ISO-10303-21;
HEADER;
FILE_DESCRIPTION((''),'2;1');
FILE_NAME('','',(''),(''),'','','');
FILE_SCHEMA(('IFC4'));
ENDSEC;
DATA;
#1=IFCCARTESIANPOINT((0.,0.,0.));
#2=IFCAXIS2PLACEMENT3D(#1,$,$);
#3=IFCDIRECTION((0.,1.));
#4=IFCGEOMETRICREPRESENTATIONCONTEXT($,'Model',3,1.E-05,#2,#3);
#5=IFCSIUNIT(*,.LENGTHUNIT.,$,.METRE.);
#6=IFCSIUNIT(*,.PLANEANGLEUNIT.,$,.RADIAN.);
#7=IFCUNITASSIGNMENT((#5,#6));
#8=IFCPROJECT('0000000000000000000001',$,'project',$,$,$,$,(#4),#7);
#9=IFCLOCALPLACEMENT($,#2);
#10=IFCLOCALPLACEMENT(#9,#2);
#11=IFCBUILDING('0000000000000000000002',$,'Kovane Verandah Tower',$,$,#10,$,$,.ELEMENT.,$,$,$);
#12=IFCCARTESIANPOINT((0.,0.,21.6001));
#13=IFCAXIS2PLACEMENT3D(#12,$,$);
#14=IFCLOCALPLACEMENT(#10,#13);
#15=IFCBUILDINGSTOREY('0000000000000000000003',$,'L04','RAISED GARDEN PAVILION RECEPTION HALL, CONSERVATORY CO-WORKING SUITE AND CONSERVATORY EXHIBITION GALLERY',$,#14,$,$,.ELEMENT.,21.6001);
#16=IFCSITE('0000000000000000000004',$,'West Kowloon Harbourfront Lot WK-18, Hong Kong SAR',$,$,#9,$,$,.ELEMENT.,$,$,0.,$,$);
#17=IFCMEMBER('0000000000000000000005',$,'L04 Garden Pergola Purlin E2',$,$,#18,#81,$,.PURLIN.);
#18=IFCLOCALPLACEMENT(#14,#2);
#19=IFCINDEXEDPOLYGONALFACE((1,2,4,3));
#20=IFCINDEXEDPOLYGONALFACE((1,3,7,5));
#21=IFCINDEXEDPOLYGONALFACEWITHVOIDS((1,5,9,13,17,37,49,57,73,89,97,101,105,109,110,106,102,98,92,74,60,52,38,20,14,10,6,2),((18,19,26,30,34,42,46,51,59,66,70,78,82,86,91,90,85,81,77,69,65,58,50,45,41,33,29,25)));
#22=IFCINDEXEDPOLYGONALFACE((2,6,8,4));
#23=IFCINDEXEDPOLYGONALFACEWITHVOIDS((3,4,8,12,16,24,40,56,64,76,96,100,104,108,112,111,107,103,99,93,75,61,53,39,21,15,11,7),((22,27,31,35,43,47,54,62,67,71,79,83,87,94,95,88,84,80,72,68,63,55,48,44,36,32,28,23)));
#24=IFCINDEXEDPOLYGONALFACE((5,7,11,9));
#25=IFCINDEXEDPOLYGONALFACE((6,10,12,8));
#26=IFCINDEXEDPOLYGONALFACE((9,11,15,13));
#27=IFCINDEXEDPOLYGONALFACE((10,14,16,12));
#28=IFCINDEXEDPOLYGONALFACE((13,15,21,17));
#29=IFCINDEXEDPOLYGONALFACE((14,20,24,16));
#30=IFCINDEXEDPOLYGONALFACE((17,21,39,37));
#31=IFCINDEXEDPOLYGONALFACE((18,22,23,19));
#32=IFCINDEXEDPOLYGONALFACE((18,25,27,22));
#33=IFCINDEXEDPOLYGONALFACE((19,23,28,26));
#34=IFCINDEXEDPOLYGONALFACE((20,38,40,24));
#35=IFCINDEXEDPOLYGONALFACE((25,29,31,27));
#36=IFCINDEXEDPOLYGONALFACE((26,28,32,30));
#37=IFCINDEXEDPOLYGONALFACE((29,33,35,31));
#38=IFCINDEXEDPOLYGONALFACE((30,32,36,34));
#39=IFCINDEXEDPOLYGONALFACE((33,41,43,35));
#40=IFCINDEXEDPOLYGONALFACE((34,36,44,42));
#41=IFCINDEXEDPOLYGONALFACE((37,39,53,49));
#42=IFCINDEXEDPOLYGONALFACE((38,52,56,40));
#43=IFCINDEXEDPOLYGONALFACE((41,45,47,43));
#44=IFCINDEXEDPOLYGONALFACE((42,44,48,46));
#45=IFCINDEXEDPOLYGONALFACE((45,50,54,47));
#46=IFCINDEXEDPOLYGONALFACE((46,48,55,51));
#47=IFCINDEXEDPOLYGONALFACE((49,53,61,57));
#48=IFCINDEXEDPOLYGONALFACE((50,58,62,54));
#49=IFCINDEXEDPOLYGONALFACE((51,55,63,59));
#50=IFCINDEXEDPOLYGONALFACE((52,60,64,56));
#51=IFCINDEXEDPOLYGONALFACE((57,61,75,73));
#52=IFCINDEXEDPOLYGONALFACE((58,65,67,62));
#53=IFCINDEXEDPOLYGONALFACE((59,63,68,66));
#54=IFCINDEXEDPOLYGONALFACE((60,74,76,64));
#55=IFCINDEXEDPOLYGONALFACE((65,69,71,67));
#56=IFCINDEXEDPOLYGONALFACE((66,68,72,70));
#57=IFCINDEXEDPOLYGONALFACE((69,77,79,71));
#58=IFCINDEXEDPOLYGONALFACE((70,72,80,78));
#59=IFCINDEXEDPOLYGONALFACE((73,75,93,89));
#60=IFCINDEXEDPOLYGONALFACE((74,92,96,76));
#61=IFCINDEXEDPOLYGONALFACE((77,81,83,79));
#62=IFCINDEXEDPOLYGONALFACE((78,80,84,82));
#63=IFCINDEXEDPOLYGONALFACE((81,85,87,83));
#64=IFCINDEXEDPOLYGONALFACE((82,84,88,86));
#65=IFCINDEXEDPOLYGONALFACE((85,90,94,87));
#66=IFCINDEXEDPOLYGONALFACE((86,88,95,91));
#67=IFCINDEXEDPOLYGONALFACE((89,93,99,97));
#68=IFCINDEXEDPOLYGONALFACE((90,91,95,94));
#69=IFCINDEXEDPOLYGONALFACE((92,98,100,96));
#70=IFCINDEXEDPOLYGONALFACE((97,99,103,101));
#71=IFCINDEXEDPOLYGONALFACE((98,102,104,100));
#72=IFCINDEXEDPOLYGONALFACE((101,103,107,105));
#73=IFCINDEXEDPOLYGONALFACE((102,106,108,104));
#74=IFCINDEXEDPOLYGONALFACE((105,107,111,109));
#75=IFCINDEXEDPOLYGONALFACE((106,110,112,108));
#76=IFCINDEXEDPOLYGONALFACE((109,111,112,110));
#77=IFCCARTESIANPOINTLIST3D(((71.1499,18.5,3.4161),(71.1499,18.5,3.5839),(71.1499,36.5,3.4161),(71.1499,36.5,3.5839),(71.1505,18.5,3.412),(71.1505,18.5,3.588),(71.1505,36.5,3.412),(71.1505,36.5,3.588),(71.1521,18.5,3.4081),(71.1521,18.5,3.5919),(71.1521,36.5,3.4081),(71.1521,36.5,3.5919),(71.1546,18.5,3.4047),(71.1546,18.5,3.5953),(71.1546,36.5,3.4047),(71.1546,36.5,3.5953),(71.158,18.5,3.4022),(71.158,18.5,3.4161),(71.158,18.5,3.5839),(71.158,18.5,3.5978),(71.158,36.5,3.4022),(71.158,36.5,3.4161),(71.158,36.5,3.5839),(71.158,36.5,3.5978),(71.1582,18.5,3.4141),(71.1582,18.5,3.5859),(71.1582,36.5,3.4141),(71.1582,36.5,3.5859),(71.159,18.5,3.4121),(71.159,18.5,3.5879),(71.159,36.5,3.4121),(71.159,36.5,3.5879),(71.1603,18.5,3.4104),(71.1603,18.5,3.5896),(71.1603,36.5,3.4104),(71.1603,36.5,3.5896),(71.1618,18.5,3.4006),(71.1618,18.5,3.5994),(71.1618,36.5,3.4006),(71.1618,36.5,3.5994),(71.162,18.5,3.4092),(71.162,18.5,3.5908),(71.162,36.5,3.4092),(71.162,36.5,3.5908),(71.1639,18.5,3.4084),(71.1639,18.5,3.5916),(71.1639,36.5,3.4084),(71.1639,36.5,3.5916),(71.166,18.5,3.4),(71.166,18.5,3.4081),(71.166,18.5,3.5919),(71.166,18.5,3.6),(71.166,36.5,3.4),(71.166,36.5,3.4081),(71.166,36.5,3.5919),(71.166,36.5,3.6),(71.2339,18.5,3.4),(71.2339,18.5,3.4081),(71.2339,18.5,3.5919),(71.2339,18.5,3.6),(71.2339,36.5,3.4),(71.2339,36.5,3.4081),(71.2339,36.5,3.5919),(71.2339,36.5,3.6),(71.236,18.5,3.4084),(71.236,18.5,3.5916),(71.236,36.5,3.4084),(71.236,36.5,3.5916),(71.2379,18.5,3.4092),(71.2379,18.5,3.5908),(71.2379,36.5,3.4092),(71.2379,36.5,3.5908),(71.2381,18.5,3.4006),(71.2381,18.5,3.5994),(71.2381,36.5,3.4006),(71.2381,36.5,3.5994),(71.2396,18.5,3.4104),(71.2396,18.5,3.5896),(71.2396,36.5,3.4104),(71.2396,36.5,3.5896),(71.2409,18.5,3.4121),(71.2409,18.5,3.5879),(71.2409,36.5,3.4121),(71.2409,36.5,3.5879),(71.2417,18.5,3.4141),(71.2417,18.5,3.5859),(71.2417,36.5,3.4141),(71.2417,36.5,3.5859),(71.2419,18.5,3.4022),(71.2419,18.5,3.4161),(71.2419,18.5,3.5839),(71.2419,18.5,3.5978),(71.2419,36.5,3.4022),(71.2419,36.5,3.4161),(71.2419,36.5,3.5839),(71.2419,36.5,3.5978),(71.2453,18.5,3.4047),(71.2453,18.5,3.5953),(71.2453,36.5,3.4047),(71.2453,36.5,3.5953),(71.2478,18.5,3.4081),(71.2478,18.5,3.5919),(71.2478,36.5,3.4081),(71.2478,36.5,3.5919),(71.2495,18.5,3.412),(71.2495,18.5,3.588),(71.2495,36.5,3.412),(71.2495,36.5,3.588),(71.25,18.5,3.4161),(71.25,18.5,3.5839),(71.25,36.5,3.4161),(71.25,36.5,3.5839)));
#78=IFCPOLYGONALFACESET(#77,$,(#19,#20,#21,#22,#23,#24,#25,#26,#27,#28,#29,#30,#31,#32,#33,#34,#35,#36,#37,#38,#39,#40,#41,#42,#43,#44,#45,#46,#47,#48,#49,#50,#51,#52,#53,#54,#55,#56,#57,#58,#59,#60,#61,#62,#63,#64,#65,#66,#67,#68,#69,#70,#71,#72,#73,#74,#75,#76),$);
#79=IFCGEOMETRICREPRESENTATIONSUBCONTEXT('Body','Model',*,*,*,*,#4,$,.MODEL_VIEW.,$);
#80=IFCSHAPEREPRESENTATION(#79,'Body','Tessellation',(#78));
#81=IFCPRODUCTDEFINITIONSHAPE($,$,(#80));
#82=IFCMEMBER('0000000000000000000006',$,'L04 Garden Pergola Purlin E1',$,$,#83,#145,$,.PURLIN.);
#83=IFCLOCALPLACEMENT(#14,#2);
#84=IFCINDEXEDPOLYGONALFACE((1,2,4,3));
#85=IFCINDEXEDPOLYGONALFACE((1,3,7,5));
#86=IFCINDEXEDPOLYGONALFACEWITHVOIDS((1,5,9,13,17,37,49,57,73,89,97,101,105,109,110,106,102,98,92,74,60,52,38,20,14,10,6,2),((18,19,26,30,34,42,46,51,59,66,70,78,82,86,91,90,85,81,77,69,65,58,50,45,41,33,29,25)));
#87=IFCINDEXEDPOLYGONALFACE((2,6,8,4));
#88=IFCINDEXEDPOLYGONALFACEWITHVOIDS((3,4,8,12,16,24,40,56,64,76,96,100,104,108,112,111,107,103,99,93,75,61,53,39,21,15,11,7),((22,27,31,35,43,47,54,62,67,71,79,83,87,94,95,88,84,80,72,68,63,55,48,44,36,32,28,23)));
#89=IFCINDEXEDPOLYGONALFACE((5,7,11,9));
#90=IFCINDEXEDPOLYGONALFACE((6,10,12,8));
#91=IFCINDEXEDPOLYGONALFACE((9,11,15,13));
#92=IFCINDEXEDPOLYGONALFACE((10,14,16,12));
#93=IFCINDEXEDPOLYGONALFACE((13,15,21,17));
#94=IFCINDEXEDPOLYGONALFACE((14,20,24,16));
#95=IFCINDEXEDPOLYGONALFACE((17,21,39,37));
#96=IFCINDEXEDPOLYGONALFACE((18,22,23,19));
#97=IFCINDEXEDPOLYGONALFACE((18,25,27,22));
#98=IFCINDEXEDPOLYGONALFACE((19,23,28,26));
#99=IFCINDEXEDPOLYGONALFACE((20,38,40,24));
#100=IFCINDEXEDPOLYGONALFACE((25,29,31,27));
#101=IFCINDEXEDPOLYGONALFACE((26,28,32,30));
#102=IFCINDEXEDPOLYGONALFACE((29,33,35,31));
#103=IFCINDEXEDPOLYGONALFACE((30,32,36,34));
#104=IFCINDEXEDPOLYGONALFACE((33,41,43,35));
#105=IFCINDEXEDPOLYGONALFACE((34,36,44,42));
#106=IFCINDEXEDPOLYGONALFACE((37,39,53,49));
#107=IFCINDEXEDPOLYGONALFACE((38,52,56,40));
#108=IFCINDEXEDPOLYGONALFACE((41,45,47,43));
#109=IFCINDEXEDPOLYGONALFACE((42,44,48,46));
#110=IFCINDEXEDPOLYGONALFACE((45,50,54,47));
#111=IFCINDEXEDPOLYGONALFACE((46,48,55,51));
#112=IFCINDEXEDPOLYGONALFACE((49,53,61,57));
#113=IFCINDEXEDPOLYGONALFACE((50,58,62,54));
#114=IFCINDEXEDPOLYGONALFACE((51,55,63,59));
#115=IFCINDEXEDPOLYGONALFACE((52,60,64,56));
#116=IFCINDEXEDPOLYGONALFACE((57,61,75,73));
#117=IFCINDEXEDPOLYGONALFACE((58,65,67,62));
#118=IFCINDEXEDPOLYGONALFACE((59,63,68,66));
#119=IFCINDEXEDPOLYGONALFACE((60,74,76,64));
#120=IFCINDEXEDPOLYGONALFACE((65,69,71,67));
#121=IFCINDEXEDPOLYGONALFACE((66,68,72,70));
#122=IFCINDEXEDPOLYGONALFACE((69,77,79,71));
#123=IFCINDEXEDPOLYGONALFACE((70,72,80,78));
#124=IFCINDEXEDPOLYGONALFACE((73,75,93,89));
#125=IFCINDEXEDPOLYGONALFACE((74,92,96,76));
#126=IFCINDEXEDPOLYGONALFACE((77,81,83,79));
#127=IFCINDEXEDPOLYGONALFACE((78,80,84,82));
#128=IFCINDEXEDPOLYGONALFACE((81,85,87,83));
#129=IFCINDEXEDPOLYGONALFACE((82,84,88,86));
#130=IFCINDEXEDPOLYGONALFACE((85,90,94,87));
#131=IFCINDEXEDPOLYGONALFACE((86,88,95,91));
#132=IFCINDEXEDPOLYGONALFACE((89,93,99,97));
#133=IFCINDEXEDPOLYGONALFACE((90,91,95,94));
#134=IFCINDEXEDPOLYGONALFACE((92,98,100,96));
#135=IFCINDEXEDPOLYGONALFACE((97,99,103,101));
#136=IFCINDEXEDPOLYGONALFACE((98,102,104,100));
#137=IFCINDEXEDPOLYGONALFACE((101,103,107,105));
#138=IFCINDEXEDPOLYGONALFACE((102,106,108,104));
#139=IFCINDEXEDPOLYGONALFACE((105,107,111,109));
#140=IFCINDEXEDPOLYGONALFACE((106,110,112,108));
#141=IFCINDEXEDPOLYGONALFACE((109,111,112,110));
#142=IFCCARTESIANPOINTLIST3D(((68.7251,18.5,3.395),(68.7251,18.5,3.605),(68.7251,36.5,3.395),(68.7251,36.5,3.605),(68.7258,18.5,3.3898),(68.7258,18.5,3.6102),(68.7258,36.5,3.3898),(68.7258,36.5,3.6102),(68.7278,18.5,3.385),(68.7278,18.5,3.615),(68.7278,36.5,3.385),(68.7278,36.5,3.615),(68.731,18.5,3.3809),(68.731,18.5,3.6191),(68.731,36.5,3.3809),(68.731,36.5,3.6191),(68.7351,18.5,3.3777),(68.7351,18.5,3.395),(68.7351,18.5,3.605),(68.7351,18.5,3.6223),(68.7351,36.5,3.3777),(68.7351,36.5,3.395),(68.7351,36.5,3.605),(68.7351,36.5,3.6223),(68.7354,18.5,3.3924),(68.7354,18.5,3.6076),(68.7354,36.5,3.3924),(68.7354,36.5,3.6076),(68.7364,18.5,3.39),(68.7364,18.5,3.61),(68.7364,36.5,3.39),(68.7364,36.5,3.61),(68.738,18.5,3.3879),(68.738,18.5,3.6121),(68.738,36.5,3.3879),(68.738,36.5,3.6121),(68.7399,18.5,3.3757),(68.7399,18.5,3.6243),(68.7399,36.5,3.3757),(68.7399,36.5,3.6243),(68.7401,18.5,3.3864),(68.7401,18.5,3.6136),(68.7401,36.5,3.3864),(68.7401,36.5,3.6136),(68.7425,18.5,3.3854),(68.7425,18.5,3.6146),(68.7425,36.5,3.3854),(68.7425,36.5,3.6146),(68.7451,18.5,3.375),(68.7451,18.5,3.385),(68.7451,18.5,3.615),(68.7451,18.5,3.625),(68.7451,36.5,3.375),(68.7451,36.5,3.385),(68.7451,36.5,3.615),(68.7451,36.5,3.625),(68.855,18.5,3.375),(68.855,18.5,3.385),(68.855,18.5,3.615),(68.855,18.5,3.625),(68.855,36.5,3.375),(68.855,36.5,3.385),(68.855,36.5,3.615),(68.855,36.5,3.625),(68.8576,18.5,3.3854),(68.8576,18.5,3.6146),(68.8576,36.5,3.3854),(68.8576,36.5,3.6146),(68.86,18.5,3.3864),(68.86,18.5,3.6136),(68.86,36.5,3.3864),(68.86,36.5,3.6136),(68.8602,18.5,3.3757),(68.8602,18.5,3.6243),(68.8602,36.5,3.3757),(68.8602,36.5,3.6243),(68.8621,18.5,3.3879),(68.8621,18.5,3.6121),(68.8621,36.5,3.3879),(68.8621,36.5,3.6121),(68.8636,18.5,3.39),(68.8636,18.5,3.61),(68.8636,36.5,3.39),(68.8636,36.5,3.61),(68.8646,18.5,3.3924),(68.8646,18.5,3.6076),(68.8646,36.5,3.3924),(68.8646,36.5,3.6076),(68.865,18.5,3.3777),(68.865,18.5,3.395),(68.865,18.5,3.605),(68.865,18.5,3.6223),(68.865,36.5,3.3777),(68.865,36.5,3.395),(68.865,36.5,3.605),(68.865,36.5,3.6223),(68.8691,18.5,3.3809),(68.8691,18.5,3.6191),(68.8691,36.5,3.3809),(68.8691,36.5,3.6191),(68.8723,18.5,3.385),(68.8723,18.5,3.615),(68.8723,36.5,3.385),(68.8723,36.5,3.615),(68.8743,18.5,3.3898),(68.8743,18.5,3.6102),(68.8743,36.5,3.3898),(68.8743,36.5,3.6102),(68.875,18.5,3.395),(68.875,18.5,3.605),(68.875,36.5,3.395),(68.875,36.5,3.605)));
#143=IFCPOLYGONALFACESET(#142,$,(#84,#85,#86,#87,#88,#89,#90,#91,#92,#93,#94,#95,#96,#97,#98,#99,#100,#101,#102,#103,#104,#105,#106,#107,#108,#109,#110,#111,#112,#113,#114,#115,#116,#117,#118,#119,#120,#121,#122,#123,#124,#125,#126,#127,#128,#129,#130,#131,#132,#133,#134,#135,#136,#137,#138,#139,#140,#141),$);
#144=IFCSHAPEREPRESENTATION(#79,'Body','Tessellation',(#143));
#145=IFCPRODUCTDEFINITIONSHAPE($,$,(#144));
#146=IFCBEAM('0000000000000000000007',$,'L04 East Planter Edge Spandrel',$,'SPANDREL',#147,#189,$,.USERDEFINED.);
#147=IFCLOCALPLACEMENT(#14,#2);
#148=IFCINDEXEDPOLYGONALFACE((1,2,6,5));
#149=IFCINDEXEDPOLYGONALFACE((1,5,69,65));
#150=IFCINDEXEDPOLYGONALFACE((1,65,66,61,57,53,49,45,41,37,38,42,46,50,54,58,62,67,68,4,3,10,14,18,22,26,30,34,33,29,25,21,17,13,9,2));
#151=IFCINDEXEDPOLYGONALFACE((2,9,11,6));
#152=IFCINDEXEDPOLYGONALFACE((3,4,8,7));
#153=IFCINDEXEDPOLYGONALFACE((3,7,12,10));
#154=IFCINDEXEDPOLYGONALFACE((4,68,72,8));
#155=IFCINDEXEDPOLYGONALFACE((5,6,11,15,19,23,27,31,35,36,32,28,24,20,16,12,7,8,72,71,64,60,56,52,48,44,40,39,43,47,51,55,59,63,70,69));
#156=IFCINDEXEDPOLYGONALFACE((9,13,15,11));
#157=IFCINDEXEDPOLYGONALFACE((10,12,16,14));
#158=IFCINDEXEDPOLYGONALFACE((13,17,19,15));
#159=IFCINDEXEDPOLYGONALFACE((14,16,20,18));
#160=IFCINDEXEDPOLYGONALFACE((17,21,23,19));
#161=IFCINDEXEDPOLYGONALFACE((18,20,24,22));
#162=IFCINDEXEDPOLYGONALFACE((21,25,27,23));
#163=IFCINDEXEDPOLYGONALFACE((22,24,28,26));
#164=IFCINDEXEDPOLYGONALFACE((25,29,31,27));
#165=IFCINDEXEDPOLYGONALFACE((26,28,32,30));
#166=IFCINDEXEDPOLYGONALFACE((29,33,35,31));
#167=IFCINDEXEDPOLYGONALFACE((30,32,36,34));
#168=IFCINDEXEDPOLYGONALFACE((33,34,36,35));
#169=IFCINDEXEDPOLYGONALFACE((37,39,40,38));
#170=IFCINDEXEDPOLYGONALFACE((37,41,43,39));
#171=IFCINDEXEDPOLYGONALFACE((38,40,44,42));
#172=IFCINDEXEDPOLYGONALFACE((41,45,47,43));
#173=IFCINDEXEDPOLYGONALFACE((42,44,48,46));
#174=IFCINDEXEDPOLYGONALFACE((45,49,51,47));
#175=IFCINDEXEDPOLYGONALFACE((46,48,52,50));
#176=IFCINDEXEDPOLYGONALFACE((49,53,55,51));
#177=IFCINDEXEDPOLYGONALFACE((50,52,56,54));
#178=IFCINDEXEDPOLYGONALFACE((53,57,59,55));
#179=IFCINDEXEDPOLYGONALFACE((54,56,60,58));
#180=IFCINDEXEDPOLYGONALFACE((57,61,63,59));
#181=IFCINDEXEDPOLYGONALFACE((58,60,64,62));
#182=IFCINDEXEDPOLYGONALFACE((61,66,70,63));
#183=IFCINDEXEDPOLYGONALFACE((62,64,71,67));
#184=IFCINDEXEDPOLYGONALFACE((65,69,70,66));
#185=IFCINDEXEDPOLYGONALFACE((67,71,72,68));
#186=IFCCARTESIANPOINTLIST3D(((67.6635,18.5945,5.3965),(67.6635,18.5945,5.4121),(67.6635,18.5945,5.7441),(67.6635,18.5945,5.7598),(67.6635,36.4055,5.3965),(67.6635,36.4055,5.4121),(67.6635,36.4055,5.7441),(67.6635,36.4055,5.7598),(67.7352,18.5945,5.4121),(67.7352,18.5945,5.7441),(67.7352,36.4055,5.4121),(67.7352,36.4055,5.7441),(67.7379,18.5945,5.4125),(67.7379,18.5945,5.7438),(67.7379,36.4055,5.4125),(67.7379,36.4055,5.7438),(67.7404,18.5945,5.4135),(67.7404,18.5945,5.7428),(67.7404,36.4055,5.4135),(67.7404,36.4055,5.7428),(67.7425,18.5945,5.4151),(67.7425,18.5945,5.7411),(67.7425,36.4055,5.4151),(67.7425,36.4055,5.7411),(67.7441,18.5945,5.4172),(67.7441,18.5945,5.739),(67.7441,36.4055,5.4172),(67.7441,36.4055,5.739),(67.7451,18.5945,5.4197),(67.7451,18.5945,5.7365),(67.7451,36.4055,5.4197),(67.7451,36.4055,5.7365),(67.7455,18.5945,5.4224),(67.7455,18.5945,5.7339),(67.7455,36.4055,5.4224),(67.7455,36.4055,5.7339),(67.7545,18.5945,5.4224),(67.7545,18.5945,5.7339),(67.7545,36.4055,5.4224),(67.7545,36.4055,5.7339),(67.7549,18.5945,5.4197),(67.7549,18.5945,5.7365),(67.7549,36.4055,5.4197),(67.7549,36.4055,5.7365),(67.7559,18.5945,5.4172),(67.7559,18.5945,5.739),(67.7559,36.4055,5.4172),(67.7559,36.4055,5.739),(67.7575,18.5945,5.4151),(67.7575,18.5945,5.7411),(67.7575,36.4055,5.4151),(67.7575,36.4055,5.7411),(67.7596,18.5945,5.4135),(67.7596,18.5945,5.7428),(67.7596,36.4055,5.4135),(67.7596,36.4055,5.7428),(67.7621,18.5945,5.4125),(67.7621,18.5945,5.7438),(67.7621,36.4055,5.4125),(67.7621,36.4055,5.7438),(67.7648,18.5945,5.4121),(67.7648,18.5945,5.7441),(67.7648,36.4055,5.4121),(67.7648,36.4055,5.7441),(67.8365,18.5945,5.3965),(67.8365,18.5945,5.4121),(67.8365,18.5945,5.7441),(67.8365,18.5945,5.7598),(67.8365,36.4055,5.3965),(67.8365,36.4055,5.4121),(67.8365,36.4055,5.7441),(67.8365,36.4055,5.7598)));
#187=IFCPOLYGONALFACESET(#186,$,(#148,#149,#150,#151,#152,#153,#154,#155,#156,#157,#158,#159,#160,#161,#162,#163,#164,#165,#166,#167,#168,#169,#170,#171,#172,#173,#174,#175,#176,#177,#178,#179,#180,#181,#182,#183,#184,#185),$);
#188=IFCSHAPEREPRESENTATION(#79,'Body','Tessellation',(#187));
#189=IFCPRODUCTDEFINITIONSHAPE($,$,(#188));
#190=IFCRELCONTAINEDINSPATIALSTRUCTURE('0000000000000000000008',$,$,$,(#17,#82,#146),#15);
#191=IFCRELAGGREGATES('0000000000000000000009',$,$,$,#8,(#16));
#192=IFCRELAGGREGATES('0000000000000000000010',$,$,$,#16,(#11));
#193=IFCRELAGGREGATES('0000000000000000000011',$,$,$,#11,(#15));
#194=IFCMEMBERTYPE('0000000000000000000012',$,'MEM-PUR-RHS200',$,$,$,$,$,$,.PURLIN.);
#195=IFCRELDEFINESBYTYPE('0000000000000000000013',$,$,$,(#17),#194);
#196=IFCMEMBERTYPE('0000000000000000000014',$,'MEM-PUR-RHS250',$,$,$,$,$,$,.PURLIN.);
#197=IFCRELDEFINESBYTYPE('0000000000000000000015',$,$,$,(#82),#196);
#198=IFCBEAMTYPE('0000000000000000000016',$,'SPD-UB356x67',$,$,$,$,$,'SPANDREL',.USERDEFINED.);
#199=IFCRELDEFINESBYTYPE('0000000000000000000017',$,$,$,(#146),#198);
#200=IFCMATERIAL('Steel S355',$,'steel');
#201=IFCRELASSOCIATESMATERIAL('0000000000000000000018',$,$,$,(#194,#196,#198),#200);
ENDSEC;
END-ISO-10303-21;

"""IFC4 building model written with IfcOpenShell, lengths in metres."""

from ifc_helpers import new_model, si_unit, direction, frame, origin, origin_2d, place, context, subcontext, project, spatial, hollow_rectangle, i_section, extrude, material, material_profile, profile_set, type_object, element, save


model = new_model("IFC4")

# Units and contexts
model_context = context("Model", 3, precision=1e-05, world=origin(), true_north=direction((0.0, 1.0)))
body_context = subcontext(model_context, "Body", "Model", "MODEL_VIEW")
ifc_project = project(units=[si_unit("LENGTHUNIT", "METRE"), si_unit("PLANEANGLEUNIT", "RADIAN")], contexts=[model_context])

# Site, building, storey
site_placement = place(None, origin())
site = spatial("IfcSite", under=ifc_project, at=site_placement, Name="West Kowloon Harbourfront Lot WK-18, Hong Kong SAR", CompositionType="ELEMENT", RefElevation=0.0)
building_placement = place(site_placement, origin())
building = spatial("IfcBuilding", under=site, at=building_placement, Name="Kovane Verandah Tower", CompositionType="ELEMENT")
storey_placement = place(building_placement, frame((0.0, 0.0, 21.6001)))
storey = spatial("IfcBuildingStorey", under=building, at=storey_placement, Name="L04", Description="RAISED GARDEN PAVILION RECEPTION HALL, CONSERVATORY CO-WORKING SUITE AND CONSERVATORY EXHIBITION GALLERY", CompositionType="ELEMENT", Elevation=21.6001)

# Shared definitions
ifc_material_1 = material(Name="Steel S355", Category="steel")

# Members
ifc_material_profile_1 = material_profile(ifc_material_1, hollow_rectangle(XDim=0.1001, YDim=0.2, WallThickness=0.0081, InnerFilletRadius=0.0081, OuterFilletRadius=0.0161, at=origin_2d()), Name="RHS200x100x8")
ifc_profile_set_1 = profile_set([ifc_material_profile_1], Name="Steel S355")
member_type_1 = type_object("IfcMemberType", Name="MEM-PUR-RHS200", PredefinedType="PURLIN", material=ifc_profile_set_1)
member_1_placement = place(storey_placement, frame((71.2, 18.5, 3.5), z_axis=(0.0, 1.0, 0.0), x_axis=(-1.0, 0.0, 0.0)))
element("IfcMember", 1, at=member_1_placement, inside=storey, type_object=member_type_1, Name="L04 Garden Pergola Purlin E2", PredefinedType="PURLIN", context=body_context, shape_type="SweptSolid", body=[
    extrude(hollow_rectangle(XDim=0.1001, YDim=0.2, WallThickness=0.0081, InnerFilletRadius=0.0081, OuterFilletRadius=0.0161, at=origin_2d()), origin(), (0.0, 0.0, 1.0), 18.0),
])
ifc_material_profile_2 = material_profile(ifc_material_1, hollow_rectangle(XDim=0.1499, YDim=0.25, WallThickness=0.01, InnerFilletRadius=0.01, OuterFilletRadius=0.02, at=origin_2d()), Name="RHS250x150x10")
ifc_profile_set_2 = profile_set([ifc_material_profile_2], Name="Steel S355")
member_type_2 = type_object("IfcMemberType", Name="MEM-PUR-RHS250", PredefinedType="PURLIN", material=ifc_profile_set_2)
member_2_placement = place(storey_placement, frame((68.8, 18.5, 3.5), z_axis=(0.0, 1.0, 0.0), x_axis=(-1.0, 0.0, 0.0)))
element("IfcMember", 2, at=member_2_placement, inside=storey, type_object=member_type_2, Name="L04 Garden Pergola Purlin E1", PredefinedType="PURLIN", context=body_context, shape_type="SweptSolid", body=[
    extrude(hollow_rectangle(XDim=0.1499, YDim=0.25, WallThickness=0.01, InnerFilletRadius=0.01, OuterFilletRadius=0.02, at=origin_2d()), origin(), (0.0, 0.0, 1.0), 18.0),
])

# Beam
ifc_material_profile_3 = material_profile(ifc_material_1, i_section(OverallWidth=0.1731, OverallDepth=0.3633, WebThickness=0.009, FlangeThickness=0.0156, FilletRadius=0.0103, at=origin_2d()), Name="UB356x171x67")
ifc_profile_set_3 = profile_set([ifc_material_profile_3], Name="Steel S355")
beam_type_1 = type_object("IfcBeamType", Name="SPD-UB356x67", ElementType="SPANDREL", PredefinedType="USERDEFINED", material=ifc_profile_set_3)
beam_1_placement = place(storey_placement, frame((67.75, 18.5945, 5.5781), z_axis=(0.0, 1.0, 0.0), x_axis=(-1.0, 0.0, 0.0)))
element("IfcBeam", 3, at=beam_1_placement, inside=storey, type_object=beam_type_1, Name="L04 East Planter Edge Spandrel", ObjectType="SPANDREL", PredefinedType="USERDEFINED", context=body_context, shape_type="SweptSolid", body=[
    extrude(i_section(OverallWidth=0.1731, OverallDepth=0.3633, WebThickness=0.009, FlangeThickness=0.0156, FilletRadius=0.0103, at=origin_2d()), origin(), (0.0, 0.0, 1.0), 17.811),
])

save(model, "model.ifc")
